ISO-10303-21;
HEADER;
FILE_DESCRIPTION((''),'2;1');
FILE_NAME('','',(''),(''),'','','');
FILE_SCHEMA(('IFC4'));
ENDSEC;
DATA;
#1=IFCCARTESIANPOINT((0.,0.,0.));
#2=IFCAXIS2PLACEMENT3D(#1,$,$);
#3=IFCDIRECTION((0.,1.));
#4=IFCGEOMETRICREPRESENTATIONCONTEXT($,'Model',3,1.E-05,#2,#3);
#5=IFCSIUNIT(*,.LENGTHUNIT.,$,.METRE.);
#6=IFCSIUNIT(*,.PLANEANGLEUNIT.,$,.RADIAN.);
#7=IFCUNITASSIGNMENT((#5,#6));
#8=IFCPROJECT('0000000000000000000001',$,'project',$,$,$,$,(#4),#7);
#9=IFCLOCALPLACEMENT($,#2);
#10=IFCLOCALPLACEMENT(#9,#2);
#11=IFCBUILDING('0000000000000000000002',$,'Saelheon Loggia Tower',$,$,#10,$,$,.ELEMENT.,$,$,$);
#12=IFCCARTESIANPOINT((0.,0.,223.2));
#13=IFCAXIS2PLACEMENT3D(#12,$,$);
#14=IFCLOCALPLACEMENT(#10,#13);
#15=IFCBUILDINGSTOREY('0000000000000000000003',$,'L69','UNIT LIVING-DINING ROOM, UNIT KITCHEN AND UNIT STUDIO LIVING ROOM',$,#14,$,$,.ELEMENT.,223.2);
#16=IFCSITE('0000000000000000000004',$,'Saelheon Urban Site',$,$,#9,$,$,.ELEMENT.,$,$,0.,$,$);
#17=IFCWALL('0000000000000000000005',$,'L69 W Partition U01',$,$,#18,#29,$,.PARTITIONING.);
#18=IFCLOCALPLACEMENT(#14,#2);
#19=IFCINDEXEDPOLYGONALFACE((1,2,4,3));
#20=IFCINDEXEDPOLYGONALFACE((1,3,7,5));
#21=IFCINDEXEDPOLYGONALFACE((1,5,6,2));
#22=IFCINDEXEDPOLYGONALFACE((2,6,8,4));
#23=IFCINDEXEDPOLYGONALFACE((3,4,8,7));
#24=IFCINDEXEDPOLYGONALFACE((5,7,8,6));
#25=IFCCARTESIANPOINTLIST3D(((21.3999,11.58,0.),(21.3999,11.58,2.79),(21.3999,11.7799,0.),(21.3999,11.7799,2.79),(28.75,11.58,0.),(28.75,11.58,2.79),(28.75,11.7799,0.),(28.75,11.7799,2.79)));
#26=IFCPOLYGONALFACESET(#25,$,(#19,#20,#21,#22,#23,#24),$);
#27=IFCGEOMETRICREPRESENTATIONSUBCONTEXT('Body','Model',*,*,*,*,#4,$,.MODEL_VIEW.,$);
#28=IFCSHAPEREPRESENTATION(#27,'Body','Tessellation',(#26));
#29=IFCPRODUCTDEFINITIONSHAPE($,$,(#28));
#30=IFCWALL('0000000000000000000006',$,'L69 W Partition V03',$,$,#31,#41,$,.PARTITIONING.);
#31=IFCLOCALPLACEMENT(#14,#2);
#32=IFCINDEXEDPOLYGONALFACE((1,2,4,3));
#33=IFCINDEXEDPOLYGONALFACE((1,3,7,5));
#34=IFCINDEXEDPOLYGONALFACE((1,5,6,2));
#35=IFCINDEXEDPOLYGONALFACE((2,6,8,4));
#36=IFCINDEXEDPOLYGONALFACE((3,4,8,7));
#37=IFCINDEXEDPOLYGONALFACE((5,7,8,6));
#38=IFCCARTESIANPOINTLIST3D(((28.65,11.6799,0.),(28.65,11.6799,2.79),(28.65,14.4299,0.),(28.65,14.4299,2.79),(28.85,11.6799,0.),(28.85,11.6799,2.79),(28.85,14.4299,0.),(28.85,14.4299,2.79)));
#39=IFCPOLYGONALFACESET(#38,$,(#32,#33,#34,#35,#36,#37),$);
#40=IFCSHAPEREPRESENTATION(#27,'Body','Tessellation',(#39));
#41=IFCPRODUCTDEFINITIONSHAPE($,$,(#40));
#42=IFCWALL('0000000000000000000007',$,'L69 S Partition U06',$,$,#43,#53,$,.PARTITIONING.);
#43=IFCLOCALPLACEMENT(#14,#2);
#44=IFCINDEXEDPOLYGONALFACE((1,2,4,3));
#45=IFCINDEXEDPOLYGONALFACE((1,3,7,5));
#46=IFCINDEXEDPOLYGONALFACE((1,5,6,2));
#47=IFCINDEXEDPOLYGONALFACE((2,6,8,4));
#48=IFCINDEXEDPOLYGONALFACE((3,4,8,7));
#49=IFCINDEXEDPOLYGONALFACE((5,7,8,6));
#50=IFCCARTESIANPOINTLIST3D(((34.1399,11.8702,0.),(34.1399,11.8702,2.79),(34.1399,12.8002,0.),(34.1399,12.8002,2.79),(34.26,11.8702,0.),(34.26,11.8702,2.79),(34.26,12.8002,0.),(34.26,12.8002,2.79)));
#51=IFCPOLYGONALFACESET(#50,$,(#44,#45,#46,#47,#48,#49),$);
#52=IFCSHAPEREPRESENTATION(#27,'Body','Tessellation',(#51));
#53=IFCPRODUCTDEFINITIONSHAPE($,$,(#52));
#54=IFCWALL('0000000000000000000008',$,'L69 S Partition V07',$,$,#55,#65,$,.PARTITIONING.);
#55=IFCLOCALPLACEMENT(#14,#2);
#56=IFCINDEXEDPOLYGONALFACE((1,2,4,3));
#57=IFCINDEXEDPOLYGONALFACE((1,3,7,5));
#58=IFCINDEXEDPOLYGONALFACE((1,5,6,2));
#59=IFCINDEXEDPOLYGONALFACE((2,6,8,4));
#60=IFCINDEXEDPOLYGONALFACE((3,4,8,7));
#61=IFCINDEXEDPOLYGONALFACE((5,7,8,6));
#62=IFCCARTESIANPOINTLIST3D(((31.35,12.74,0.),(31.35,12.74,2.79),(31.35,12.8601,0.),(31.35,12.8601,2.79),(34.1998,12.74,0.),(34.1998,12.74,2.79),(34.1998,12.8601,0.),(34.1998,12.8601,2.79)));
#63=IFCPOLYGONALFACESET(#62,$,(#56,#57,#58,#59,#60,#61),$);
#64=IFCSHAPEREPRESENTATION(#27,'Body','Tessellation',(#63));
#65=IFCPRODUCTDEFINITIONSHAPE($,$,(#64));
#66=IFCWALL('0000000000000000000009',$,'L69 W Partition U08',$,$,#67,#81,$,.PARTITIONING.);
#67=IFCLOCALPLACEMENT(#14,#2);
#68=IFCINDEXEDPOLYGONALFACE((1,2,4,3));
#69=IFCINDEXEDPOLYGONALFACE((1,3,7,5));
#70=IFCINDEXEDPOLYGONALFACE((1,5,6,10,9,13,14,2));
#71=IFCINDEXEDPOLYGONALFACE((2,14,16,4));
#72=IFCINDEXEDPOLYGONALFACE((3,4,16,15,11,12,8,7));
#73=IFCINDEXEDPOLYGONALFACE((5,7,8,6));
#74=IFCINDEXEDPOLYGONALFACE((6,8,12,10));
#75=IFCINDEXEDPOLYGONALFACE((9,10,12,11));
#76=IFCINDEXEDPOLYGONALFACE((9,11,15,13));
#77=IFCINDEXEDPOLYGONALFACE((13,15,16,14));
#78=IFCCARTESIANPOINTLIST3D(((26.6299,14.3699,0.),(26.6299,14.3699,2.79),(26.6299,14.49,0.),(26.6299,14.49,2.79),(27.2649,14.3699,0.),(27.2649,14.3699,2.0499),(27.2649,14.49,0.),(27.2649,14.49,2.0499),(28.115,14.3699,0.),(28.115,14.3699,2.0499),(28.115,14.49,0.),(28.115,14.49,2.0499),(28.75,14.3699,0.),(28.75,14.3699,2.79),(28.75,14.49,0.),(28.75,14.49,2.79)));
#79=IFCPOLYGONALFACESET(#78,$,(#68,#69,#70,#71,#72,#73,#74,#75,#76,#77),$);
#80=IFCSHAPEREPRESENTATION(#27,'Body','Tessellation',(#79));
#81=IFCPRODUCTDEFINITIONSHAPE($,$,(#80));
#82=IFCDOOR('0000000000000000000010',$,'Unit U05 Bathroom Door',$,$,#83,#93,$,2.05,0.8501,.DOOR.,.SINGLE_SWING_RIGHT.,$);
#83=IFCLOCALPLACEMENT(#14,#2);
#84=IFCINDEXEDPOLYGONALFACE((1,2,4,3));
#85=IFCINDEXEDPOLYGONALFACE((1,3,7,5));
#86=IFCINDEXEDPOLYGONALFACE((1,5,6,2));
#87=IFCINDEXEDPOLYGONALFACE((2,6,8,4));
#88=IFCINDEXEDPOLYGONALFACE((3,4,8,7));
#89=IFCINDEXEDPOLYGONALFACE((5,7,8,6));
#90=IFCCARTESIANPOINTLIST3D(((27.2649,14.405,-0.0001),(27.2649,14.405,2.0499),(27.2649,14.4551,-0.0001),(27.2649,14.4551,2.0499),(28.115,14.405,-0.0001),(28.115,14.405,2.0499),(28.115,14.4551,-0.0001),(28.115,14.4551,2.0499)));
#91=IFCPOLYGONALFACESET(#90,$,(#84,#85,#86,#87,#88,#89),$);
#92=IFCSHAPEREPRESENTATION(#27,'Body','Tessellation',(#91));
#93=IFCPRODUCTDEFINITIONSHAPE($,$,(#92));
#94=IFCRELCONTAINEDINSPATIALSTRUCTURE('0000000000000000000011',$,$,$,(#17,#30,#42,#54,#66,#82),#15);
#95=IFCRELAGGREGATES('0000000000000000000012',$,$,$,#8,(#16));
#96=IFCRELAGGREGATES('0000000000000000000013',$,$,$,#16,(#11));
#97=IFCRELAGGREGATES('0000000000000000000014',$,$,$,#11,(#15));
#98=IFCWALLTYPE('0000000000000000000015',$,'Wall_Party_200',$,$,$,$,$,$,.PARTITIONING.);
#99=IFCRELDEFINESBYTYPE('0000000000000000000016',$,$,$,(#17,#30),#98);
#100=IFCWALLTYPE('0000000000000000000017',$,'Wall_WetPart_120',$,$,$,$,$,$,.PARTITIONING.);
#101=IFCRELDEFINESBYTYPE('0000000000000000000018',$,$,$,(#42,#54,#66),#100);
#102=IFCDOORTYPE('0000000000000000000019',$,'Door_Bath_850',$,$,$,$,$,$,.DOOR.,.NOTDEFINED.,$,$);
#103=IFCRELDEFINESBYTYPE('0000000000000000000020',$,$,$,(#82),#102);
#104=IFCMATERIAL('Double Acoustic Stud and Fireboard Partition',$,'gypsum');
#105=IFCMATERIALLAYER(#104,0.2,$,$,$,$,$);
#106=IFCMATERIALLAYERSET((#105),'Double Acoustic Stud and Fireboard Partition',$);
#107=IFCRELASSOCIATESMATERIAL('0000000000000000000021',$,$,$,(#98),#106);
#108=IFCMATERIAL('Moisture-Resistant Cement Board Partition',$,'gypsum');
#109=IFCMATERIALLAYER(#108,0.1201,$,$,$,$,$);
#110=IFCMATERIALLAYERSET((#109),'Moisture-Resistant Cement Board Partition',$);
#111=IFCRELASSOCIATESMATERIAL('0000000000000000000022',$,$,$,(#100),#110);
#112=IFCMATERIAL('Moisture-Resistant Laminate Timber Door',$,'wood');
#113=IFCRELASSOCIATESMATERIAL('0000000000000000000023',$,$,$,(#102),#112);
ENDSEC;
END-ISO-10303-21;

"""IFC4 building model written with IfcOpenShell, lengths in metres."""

from ifc_helpers import new_model, si_unit, direction, frame, frame_2d, origin, place, context, subcontext, project, spatial, rectangle, extrude, source, transform, mapped, material, layer, layer_set, type_object, element, fill, save


model = new_model("IFC4")

# Units and contexts
model_context = context("Model", 3, precision=1e-05, world=origin(), true_north=direction((0.0, 1.0)))
body_context = subcontext(model_context, "Body", "Model", "MODEL_VIEW")
ifc_project = project(units=[si_unit("LENGTHUNIT", "METRE"), si_unit("PLANEANGLEUNIT", "RADIAN")], contexts=[model_context])

# Site, building, storey
site_placement = place(None, origin())
site = spatial("IfcSite", under=ifc_project, at=site_placement, Name="Saelheon Urban Site", CompositionType="ELEMENT", RefElevation=0.0)
building_placement = place(site_placement, origin())
building = spatial("IfcBuilding", under=site, at=building_placement, Name="Saelheon Loggia Tower", CompositionType="ELEMENT")
storey_placement = place(building_placement, frame((0.0, 0.0, 223.2)))
storey = spatial("IfcBuildingStorey", under=building, at=storey_placement, Name="L69", Description="UNIT LIVING-DINING ROOM, UNIT KITCHEN AND UNIT STUDIO LIVING ROOM", CompositionType="ELEMENT", Elevation=223.2)

# Walls
ifc_material_1 = material(Name="Double Acoustic Stud and Fireboard Partition", Category="gypsum")
ifc_layer_1 = layer(ifc_material_1, 0.2)
ifc_layer_set_1 = layer_set([ifc_layer_1], Name="Double Acoustic Stud and Fireboard Partition")
wall_type_1 = type_object("IfcWallType", Name="Wall_Party_200", PredefinedType="PARTITIONING", material=ifc_layer_set_1)
wall_1_placement = place(storey_placement, frame((28.75, 11.6799, 0.0), z_axis=(0.0, 0.0, 1.0), x_axis=(-1.0, 0.0, 0.0)))
element("IfcWall", 1, at=wall_1_placement, inside=storey, type_object=wall_type_1, Name="L69 W Partition U01", PredefinedType="PARTITIONING", context=body_context, shape_type="SweptSolid", body=[
    extrude(rectangle(XDim=7.3501, YDim=0.2, at=frame_2d((3.675, 0.0))), origin(), (0.0, 0.0, 1.0), 2.79),
])
wall_2_placement = place(storey_placement, frame((28.75, 11.6799, 0.0), z_axis=(0.0, 0.0, 1.0), x_axis=(0.0, 1.0, 0.0)))
element("IfcWall", 2, at=wall_2_placement, inside=storey, type_object=wall_type_1, Name="L69 W Partition V03", PredefinedType="PARTITIONING", context=body_context, shape_type="SweptSolid", body=[
    extrude(rectangle(XDim=2.75, YDim=0.2, at=frame_2d((1.375, 0.0))), origin(), (0.0, 0.0, 1.0), 2.79),
])

# Walls
ifc_material_2 = material(Name="Moisture-Resistant Cement Board Partition", Category="gypsum")
ifc_layer_2 = layer(ifc_material_2, 0.1201)
ifc_layer_set_2 = layer_set([ifc_layer_2], Name="Moisture-Resistant Cement Board Partition")
wall_type_2 = type_object("IfcWallType", Name="Wall_WetPart_120", PredefinedType="PARTITIONING", material=ifc_layer_set_2)
wall_3_placement = place(storey_placement, frame((34.2, 12.8, 0.0), z_axis=(0.0, 0.0, 1.0), x_axis=(0.0, -1.0, 0.0)))
element("IfcWall", 3, at=wall_3_placement, inside=storey, type_object=wall_type_2, Name="L69 S Partition U06", PredefinedType="PARTITIONING", context=body_context, shape_type="SweptSolid", body=[
    extrude(rectangle(XDim=0.9299, YDim=0.1201, at=frame_2d((0.4648, 0.0))), origin(), (0.0, 0.0, 1.0), 2.79),
])
wall_4_placement = place(storey_placement, frame((31.3501, 12.8, 0.0), z_axis=(0.0, 0.0, 1.0), x_axis=(1.0, 0.0, 0.0)))
element("IfcWall", 4, at=wall_4_placement, inside=storey, type_object=wall_type_2, Name="L69 S Partition V07", PredefinedType="PARTITIONING", context=body_context, shape_type="SweptSolid", body=[
    extrude(rectangle(XDim=2.8499, YDim=0.1201, at=frame_2d((1.4248, 0.0))), origin(), (0.0, 0.0, 1.0), 2.79),
])

# Wall, opening, door
wall_5_placement = place(storey_placement, frame((28.75, 14.4299, 0.0), z_axis=(0.0, 0.0, 1.0), x_axis=(-1.0, 0.0, 0.0)))
wall_5 = element("IfcWall", 5, at=wall_5_placement, inside=storey, type_object=wall_type_2, Name="L69 W Partition U08", PredefinedType="PARTITIONING", context=body_context, shape_type="SweptSolid", body=[
    extrude(rectangle(XDim=2.1201, YDim=0.1201, at=frame_2d((1.0601, 0.0))), origin(), (0.0, 0.0, 1.0), 2.79),
])
opening_1_placement = place(wall_5_placement, frame((0.635, 0.0, 0.0)))
opening_1 = element("IfcOpeningElement", 6, at=opening_1_placement, cuts=wall_5, PredefinedType="OPENING", context=body_context, shape_type="SweptSolid", body=[
    extrude(rectangle(XDim=0.8501, YDim=2.05, at=frame_2d((0.425, 1.0249))), frame((0.0, 0.072, 0.0), z_axis=(0.0, -1.0, 0.0), x_axis=(1.0, 0.0, 0.0)), (0.0, 0.0, 1.0), 0.144),
])
ifc_material_3 = material(Name="Moisture-Resistant Laminate Timber Door", Category="wood")
door_type_1 = type_object("IfcDoorType", Name="Door_Bath_850", OperationType="NOTDEFINED", PredefinedType="DOOR", material=ifc_material_3)
shared_shape_1 = source(origin(), body_context, "Body", "SweptSolid", [
    extrude(rectangle(XDim=0.8501, YDim=2.05, at=frame_2d((0.425, 1.0249))), frame((0.0, 0.0249, 0.0), z_axis=(0.0, -1.0, 0.0), x_axis=(1.0, 0.0, 0.0)), (0.0, 0.0, 1.0), 0.05),
])
door_1_placement = place(opening_1_placement, origin())
door_1 = element("IfcDoor", 7, at=door_1_placement, inside=storey, type_object=door_type_1, Name="Unit U05 Bathroom Door", OperationType="SINGLE_SWING_RIGHT", OverallHeight=2.05, OverallWidth=0.8501, PredefinedType="DOOR", context=body_context, shape_type="MappedRepresentation", body=[
    mapped(shared_shape_1, transform((0.0, 0.0, 0.0), scale=1.0)),
])
fill(opening_1, door_1)

save(model, "model.ifc")
